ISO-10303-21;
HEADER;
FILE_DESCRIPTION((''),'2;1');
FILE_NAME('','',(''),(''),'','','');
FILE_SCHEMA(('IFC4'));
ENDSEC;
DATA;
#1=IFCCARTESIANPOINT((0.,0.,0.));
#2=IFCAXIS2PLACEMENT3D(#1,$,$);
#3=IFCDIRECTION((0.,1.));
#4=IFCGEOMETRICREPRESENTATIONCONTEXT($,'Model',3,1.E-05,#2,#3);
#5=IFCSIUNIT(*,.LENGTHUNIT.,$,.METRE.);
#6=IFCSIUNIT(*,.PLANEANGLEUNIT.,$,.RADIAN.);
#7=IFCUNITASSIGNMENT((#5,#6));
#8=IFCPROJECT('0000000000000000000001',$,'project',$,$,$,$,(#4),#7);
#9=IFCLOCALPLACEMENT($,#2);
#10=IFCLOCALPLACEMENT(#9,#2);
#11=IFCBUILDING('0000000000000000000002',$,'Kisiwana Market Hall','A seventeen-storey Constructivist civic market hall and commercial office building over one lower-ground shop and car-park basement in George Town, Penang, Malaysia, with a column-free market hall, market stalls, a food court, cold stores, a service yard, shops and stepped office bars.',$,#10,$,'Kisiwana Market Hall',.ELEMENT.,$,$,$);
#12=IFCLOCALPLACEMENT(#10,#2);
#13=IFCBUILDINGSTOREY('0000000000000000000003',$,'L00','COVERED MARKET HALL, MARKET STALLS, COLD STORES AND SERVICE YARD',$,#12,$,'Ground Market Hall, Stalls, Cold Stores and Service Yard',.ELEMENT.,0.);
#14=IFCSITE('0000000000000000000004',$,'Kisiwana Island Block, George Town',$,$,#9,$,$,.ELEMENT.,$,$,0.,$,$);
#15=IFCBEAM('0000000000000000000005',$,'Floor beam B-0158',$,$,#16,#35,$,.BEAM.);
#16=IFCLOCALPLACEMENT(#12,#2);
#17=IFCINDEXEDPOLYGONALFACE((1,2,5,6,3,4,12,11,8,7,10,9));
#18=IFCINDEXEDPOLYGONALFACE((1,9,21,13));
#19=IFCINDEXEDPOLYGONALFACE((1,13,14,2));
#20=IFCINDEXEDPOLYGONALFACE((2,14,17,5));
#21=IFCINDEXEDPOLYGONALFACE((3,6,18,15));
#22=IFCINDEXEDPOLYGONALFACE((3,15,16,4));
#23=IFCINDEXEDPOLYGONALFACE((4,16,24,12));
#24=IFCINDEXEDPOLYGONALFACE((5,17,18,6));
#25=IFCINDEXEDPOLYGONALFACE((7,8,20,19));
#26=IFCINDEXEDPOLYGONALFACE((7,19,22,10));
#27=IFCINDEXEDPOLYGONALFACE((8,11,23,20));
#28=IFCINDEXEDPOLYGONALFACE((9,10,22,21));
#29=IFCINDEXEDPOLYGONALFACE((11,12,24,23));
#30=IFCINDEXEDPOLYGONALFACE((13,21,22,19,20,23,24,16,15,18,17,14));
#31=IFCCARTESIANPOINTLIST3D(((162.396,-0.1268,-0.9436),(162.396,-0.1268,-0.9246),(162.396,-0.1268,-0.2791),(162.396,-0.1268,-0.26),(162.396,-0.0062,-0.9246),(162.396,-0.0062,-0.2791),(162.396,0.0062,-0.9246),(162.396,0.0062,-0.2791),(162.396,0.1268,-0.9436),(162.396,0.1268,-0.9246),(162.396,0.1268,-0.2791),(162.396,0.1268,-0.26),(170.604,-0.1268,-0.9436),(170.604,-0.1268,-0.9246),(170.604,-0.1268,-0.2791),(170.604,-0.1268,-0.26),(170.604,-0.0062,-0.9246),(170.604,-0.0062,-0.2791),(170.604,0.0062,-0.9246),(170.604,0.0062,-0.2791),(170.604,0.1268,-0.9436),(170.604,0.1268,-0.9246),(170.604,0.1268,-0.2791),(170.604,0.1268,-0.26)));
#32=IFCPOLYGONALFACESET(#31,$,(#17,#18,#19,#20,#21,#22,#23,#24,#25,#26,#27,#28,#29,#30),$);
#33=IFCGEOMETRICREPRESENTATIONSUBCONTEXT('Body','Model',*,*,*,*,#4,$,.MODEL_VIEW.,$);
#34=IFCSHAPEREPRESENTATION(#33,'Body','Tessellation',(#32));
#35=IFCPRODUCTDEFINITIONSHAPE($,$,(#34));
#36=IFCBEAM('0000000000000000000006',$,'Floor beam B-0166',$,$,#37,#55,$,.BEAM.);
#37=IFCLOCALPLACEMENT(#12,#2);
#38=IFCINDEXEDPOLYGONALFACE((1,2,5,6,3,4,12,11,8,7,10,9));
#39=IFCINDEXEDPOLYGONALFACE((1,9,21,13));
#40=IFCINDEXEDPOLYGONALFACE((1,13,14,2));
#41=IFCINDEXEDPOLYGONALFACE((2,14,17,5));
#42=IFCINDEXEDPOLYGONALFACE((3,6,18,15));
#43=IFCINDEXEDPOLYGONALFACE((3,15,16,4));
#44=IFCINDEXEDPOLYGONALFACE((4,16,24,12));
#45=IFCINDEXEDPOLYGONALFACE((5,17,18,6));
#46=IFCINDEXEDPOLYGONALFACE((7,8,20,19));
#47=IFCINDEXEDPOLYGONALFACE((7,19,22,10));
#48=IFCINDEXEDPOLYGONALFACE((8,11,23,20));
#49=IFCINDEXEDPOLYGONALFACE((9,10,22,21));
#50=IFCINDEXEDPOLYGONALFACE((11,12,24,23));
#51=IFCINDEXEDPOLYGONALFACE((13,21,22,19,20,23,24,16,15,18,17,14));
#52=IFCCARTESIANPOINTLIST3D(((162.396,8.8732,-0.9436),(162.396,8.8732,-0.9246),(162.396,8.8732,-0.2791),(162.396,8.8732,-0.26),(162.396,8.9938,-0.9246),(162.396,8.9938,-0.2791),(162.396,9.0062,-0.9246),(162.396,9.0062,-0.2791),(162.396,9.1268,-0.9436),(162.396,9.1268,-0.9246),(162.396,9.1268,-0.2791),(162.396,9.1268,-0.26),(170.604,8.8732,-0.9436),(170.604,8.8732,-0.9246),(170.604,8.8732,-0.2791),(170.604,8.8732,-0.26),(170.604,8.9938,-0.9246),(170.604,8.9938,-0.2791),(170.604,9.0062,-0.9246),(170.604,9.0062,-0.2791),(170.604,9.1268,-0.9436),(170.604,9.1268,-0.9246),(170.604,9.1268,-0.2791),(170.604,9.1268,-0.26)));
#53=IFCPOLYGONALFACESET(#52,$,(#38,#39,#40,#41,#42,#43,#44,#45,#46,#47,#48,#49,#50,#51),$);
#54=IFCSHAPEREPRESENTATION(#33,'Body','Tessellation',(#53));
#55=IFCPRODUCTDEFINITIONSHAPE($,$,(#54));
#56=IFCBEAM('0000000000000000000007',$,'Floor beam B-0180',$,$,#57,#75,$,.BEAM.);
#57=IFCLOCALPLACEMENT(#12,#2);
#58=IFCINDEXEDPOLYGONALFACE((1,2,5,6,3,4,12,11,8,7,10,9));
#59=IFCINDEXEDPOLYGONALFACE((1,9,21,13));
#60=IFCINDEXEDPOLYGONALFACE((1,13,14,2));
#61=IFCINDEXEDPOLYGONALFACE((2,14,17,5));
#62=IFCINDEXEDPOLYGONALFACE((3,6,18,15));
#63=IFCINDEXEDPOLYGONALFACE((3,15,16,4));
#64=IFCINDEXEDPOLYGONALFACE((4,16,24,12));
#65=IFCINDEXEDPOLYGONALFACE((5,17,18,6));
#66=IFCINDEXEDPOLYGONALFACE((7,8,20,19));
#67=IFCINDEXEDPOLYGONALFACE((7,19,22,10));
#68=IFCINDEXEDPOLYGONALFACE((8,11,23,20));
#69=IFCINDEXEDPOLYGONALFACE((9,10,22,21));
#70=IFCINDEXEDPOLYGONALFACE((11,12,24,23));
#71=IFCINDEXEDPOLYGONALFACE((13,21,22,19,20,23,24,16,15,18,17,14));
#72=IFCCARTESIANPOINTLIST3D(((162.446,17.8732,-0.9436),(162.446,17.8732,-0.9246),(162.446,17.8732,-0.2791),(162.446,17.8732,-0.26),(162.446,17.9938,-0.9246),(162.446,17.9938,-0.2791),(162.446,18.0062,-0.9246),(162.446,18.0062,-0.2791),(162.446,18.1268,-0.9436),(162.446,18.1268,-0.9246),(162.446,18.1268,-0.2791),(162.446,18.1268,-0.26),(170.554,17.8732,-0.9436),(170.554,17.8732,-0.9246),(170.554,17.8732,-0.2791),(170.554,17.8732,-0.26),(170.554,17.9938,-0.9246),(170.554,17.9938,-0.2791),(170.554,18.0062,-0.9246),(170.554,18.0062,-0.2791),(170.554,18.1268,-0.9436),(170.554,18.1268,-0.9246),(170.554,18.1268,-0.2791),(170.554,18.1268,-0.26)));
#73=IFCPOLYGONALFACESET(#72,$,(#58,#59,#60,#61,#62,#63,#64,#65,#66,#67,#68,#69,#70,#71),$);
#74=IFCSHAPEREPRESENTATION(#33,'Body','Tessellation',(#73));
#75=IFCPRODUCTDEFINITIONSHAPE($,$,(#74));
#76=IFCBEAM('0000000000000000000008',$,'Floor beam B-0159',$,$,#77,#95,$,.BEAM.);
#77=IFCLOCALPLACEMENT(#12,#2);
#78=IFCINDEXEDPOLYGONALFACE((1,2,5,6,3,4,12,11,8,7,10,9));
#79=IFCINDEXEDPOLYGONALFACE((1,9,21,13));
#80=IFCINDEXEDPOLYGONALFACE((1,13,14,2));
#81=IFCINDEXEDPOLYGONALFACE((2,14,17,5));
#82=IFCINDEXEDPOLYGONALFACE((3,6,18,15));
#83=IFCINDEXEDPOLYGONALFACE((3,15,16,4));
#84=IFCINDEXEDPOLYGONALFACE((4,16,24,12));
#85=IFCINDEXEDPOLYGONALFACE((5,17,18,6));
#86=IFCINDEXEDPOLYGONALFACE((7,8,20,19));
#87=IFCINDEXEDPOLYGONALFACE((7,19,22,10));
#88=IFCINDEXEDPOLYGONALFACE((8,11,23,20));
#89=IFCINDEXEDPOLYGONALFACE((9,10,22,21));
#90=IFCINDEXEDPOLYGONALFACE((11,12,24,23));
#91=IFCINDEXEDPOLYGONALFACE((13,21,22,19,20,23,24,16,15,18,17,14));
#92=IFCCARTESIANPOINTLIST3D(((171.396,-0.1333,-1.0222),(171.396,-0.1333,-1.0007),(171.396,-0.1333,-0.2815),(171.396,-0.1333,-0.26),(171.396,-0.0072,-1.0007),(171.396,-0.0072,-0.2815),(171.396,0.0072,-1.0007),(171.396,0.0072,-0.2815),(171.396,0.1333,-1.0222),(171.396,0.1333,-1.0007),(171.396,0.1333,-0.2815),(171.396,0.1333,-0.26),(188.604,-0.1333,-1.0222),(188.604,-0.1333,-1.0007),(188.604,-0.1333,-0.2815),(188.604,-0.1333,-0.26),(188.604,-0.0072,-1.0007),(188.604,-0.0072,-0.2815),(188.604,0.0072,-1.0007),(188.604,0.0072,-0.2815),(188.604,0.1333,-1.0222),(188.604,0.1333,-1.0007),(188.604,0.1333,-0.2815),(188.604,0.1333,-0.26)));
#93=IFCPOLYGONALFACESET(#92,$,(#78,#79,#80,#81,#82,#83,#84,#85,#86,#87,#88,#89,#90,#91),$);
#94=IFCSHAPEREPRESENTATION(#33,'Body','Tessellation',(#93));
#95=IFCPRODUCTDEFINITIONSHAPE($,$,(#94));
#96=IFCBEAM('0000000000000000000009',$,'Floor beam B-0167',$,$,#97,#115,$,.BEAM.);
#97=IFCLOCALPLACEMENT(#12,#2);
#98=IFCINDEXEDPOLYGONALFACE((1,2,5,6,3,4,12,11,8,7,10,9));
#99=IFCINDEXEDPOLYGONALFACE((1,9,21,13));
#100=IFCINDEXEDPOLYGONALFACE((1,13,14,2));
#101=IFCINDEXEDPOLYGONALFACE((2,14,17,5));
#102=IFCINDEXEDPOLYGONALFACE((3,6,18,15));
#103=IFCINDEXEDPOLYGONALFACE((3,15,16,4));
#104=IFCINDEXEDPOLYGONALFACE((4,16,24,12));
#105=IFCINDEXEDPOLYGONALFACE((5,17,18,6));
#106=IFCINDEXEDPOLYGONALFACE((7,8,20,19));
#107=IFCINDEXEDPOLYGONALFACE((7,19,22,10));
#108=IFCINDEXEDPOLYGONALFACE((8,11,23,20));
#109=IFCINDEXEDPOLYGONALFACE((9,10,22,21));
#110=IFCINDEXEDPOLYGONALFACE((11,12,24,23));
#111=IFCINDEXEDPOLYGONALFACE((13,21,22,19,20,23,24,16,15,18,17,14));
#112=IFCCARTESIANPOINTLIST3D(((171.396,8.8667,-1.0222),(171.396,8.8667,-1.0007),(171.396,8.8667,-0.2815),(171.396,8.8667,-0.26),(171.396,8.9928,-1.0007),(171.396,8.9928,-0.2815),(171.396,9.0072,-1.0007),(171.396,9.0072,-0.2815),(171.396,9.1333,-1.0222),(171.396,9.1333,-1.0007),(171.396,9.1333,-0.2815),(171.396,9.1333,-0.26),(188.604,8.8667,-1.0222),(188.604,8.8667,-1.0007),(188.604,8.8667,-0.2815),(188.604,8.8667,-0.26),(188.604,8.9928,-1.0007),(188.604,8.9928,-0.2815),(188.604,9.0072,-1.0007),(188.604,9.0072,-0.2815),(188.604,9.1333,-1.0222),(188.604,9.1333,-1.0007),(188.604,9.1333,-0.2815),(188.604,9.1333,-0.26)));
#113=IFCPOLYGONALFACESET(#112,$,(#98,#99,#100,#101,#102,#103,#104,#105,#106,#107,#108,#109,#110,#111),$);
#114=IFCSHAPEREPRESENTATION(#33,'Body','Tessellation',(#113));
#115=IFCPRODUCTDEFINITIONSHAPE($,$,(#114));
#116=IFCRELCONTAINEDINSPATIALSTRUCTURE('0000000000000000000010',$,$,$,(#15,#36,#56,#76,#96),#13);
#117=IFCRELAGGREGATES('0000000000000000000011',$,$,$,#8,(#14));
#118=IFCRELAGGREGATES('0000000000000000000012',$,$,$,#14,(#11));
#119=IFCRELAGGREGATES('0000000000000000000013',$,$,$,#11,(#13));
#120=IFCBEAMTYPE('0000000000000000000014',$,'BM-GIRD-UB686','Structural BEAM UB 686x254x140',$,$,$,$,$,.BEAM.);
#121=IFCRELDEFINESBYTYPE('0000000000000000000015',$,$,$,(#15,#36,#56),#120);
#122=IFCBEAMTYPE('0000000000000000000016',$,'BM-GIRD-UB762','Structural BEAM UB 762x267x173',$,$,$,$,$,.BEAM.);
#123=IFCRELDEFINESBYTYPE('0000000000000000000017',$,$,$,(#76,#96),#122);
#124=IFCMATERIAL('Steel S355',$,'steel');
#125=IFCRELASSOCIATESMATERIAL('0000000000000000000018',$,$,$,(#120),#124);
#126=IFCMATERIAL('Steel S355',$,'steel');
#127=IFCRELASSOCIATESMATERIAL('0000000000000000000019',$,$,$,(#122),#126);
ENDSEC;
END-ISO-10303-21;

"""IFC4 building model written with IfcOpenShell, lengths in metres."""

from ifc_helpers import new_model, si_unit, direction, frame, origin, origin_2d, place, context, subcontext, project, spatial, i_section, extrude, material, material_profile, profile_set, type_object, element, save


model = new_model("IFC4")

# Units and contexts
model_context = context("Model", 3, precision=1e-05, world=origin(), true_north=direction((0.0, 1.0)))
body_context = subcontext(model_context, "Body", "Model", "MODEL_VIEW")
ifc_project = project(units=[si_unit("LENGTHUNIT", "METRE"), si_unit("PLANEANGLEUNIT", "RADIAN")], contexts=[model_context])

# Site, building, storey
site_placement = place(None, origin())
site = spatial("IfcSite", under=ifc_project, at=site_placement, Name="Kisiwana Island Block, George Town", CompositionType="ELEMENT", RefElevation=0.0)
building_placement = place(site_placement, origin())
building = spatial("IfcBuilding", under=site, at=building_placement, Name="Kisiwana Market Hall", Description="A seventeen-storey Constructivist civic market hall and commercial office building over one lower-ground shop and car-park basement in George Town, Penang, Malaysia, with a column-free market hall, market stalls, a food court, cold stores, a service yard, shops and stepped office bars.", LongName="Kisiwana Market Hall", CompositionType="ELEMENT")
storey_placement = place(building_placement, origin())
storey = spatial("IfcBuildingStorey", under=building, at=storey_placement, Name="L00", Description="COVERED MARKET HALL, MARKET STALLS, COLD STORES AND SERVICE YARD", LongName="Ground Market Hall, Stalls, Cold Stores and Service Yard", CompositionType="ELEMENT", Elevation=0.0)

# Beams
ifc_material_1 = material(Name="Steel S355", Category="steel")
ifc_material_profile_1 = material_profile(ifc_material_1, i_section(OverallWidth=0.2537, OverallDepth=0.6836, WebThickness=0.0125, FlangeThickness=0.019, at=origin_2d()), Name="UB 686x254x140")
ifc_profile_set_1 = profile_set([ifc_material_profile_1], Name="Steel S355")
beam_type_1 = type_object("IfcBeamType", Name="BM-GIRD-UB686", Description="Structural BEAM UB 686x254x140", PredefinedType="BEAM", material=ifc_profile_set_1)
for number, where, z_axis, x_axis, name in (
    (1, (162.396, 0.0, -0.6018), (1.0, 0.0, 0.0), (0.0, 1.0, 0.0), "Floor beam B-0158"),
    (2, (162.396, 9.0, -0.6018), (1.0, 0.0, 0.0), (0.0, 1.0, 0.0), "Floor beam B-0166"),
):
    element("IfcBeam", number, at=place(storey_placement, frame(where, z_axis=z_axis, x_axis=x_axis)), inside=storey, type_object=beam_type_1, Name=name, PredefinedType="BEAM", context=body_context, shape_type="SweptSolid", body=[
        extrude(i_section(OverallWidth=0.2537, OverallDepth=0.6836, WebThickness=0.0125, FlangeThickness=0.019, at=origin_2d()), origin(), (0.0, 0.0, 1.0), 8.208),
    ])
beam_1_placement = place(storey_placement, frame((162.446, 18.0, -0.6018), z_axis=(1.0, 0.0, 0.0), x_axis=(0.0, 1.0, 0.0)))
element("IfcBeam", 3, at=beam_1_placement, inside=storey, type_object=beam_type_1, Name="Floor beam B-0180", PredefinedType="BEAM", context=body_context, shape_type="SweptSolid", body=[
    extrude(i_section(OverallWidth=0.2537, OverallDepth=0.6836, WebThickness=0.0125, FlangeThickness=0.019, at=origin_2d()), origin(), (0.0, 0.0, 1.0), 8.1079),
])
ifc_material_2 = material(Name="Steel S355", Category="steel")
ifc_material_profile_2 = material_profile(ifc_material_2, i_section(OverallWidth=0.2666, OverallDepth=0.7622, WebThickness=0.0144, FlangeThickness=0.0215, at=origin_2d()), Name="UB 762x267x173")
ifc_profile_set_2 = profile_set([ifc_material_profile_2], Name="Steel S355")
beam_type_2 = type_object("IfcBeamType", Name="BM-GIRD-UB762", Description="Structural BEAM UB 762x267x173", PredefinedType="BEAM", material=ifc_profile_set_2)
for number, where, z_axis, x_axis, name in (
    (4, (171.396, 0.0, -0.6411), (1.0, 0.0, 0.0), (0.0, 1.0, 0.0), "Floor beam B-0159"),
    (5, (171.396, 9.0, -0.6411), (1.0, 0.0, 0.0), (0.0, 1.0, 0.0), "Floor beam B-0167"),
):
    element("IfcBeam", number, at=place(storey_placement, frame(where, z_axis=z_axis, x_axis=x_axis)), inside=storey, type_object=beam_type_2, Name=name, PredefinedType="BEAM", context=body_context, shape_type="SweptSolid", body=[
        extrude(i_section(OverallWidth=0.2666, OverallDepth=0.7622, WebThickness=0.0144, FlangeThickness=0.0215, at=origin_2d()), origin(), (0.0, 0.0, 1.0), 17.208),
    ])

save(model, "model.ifc")
